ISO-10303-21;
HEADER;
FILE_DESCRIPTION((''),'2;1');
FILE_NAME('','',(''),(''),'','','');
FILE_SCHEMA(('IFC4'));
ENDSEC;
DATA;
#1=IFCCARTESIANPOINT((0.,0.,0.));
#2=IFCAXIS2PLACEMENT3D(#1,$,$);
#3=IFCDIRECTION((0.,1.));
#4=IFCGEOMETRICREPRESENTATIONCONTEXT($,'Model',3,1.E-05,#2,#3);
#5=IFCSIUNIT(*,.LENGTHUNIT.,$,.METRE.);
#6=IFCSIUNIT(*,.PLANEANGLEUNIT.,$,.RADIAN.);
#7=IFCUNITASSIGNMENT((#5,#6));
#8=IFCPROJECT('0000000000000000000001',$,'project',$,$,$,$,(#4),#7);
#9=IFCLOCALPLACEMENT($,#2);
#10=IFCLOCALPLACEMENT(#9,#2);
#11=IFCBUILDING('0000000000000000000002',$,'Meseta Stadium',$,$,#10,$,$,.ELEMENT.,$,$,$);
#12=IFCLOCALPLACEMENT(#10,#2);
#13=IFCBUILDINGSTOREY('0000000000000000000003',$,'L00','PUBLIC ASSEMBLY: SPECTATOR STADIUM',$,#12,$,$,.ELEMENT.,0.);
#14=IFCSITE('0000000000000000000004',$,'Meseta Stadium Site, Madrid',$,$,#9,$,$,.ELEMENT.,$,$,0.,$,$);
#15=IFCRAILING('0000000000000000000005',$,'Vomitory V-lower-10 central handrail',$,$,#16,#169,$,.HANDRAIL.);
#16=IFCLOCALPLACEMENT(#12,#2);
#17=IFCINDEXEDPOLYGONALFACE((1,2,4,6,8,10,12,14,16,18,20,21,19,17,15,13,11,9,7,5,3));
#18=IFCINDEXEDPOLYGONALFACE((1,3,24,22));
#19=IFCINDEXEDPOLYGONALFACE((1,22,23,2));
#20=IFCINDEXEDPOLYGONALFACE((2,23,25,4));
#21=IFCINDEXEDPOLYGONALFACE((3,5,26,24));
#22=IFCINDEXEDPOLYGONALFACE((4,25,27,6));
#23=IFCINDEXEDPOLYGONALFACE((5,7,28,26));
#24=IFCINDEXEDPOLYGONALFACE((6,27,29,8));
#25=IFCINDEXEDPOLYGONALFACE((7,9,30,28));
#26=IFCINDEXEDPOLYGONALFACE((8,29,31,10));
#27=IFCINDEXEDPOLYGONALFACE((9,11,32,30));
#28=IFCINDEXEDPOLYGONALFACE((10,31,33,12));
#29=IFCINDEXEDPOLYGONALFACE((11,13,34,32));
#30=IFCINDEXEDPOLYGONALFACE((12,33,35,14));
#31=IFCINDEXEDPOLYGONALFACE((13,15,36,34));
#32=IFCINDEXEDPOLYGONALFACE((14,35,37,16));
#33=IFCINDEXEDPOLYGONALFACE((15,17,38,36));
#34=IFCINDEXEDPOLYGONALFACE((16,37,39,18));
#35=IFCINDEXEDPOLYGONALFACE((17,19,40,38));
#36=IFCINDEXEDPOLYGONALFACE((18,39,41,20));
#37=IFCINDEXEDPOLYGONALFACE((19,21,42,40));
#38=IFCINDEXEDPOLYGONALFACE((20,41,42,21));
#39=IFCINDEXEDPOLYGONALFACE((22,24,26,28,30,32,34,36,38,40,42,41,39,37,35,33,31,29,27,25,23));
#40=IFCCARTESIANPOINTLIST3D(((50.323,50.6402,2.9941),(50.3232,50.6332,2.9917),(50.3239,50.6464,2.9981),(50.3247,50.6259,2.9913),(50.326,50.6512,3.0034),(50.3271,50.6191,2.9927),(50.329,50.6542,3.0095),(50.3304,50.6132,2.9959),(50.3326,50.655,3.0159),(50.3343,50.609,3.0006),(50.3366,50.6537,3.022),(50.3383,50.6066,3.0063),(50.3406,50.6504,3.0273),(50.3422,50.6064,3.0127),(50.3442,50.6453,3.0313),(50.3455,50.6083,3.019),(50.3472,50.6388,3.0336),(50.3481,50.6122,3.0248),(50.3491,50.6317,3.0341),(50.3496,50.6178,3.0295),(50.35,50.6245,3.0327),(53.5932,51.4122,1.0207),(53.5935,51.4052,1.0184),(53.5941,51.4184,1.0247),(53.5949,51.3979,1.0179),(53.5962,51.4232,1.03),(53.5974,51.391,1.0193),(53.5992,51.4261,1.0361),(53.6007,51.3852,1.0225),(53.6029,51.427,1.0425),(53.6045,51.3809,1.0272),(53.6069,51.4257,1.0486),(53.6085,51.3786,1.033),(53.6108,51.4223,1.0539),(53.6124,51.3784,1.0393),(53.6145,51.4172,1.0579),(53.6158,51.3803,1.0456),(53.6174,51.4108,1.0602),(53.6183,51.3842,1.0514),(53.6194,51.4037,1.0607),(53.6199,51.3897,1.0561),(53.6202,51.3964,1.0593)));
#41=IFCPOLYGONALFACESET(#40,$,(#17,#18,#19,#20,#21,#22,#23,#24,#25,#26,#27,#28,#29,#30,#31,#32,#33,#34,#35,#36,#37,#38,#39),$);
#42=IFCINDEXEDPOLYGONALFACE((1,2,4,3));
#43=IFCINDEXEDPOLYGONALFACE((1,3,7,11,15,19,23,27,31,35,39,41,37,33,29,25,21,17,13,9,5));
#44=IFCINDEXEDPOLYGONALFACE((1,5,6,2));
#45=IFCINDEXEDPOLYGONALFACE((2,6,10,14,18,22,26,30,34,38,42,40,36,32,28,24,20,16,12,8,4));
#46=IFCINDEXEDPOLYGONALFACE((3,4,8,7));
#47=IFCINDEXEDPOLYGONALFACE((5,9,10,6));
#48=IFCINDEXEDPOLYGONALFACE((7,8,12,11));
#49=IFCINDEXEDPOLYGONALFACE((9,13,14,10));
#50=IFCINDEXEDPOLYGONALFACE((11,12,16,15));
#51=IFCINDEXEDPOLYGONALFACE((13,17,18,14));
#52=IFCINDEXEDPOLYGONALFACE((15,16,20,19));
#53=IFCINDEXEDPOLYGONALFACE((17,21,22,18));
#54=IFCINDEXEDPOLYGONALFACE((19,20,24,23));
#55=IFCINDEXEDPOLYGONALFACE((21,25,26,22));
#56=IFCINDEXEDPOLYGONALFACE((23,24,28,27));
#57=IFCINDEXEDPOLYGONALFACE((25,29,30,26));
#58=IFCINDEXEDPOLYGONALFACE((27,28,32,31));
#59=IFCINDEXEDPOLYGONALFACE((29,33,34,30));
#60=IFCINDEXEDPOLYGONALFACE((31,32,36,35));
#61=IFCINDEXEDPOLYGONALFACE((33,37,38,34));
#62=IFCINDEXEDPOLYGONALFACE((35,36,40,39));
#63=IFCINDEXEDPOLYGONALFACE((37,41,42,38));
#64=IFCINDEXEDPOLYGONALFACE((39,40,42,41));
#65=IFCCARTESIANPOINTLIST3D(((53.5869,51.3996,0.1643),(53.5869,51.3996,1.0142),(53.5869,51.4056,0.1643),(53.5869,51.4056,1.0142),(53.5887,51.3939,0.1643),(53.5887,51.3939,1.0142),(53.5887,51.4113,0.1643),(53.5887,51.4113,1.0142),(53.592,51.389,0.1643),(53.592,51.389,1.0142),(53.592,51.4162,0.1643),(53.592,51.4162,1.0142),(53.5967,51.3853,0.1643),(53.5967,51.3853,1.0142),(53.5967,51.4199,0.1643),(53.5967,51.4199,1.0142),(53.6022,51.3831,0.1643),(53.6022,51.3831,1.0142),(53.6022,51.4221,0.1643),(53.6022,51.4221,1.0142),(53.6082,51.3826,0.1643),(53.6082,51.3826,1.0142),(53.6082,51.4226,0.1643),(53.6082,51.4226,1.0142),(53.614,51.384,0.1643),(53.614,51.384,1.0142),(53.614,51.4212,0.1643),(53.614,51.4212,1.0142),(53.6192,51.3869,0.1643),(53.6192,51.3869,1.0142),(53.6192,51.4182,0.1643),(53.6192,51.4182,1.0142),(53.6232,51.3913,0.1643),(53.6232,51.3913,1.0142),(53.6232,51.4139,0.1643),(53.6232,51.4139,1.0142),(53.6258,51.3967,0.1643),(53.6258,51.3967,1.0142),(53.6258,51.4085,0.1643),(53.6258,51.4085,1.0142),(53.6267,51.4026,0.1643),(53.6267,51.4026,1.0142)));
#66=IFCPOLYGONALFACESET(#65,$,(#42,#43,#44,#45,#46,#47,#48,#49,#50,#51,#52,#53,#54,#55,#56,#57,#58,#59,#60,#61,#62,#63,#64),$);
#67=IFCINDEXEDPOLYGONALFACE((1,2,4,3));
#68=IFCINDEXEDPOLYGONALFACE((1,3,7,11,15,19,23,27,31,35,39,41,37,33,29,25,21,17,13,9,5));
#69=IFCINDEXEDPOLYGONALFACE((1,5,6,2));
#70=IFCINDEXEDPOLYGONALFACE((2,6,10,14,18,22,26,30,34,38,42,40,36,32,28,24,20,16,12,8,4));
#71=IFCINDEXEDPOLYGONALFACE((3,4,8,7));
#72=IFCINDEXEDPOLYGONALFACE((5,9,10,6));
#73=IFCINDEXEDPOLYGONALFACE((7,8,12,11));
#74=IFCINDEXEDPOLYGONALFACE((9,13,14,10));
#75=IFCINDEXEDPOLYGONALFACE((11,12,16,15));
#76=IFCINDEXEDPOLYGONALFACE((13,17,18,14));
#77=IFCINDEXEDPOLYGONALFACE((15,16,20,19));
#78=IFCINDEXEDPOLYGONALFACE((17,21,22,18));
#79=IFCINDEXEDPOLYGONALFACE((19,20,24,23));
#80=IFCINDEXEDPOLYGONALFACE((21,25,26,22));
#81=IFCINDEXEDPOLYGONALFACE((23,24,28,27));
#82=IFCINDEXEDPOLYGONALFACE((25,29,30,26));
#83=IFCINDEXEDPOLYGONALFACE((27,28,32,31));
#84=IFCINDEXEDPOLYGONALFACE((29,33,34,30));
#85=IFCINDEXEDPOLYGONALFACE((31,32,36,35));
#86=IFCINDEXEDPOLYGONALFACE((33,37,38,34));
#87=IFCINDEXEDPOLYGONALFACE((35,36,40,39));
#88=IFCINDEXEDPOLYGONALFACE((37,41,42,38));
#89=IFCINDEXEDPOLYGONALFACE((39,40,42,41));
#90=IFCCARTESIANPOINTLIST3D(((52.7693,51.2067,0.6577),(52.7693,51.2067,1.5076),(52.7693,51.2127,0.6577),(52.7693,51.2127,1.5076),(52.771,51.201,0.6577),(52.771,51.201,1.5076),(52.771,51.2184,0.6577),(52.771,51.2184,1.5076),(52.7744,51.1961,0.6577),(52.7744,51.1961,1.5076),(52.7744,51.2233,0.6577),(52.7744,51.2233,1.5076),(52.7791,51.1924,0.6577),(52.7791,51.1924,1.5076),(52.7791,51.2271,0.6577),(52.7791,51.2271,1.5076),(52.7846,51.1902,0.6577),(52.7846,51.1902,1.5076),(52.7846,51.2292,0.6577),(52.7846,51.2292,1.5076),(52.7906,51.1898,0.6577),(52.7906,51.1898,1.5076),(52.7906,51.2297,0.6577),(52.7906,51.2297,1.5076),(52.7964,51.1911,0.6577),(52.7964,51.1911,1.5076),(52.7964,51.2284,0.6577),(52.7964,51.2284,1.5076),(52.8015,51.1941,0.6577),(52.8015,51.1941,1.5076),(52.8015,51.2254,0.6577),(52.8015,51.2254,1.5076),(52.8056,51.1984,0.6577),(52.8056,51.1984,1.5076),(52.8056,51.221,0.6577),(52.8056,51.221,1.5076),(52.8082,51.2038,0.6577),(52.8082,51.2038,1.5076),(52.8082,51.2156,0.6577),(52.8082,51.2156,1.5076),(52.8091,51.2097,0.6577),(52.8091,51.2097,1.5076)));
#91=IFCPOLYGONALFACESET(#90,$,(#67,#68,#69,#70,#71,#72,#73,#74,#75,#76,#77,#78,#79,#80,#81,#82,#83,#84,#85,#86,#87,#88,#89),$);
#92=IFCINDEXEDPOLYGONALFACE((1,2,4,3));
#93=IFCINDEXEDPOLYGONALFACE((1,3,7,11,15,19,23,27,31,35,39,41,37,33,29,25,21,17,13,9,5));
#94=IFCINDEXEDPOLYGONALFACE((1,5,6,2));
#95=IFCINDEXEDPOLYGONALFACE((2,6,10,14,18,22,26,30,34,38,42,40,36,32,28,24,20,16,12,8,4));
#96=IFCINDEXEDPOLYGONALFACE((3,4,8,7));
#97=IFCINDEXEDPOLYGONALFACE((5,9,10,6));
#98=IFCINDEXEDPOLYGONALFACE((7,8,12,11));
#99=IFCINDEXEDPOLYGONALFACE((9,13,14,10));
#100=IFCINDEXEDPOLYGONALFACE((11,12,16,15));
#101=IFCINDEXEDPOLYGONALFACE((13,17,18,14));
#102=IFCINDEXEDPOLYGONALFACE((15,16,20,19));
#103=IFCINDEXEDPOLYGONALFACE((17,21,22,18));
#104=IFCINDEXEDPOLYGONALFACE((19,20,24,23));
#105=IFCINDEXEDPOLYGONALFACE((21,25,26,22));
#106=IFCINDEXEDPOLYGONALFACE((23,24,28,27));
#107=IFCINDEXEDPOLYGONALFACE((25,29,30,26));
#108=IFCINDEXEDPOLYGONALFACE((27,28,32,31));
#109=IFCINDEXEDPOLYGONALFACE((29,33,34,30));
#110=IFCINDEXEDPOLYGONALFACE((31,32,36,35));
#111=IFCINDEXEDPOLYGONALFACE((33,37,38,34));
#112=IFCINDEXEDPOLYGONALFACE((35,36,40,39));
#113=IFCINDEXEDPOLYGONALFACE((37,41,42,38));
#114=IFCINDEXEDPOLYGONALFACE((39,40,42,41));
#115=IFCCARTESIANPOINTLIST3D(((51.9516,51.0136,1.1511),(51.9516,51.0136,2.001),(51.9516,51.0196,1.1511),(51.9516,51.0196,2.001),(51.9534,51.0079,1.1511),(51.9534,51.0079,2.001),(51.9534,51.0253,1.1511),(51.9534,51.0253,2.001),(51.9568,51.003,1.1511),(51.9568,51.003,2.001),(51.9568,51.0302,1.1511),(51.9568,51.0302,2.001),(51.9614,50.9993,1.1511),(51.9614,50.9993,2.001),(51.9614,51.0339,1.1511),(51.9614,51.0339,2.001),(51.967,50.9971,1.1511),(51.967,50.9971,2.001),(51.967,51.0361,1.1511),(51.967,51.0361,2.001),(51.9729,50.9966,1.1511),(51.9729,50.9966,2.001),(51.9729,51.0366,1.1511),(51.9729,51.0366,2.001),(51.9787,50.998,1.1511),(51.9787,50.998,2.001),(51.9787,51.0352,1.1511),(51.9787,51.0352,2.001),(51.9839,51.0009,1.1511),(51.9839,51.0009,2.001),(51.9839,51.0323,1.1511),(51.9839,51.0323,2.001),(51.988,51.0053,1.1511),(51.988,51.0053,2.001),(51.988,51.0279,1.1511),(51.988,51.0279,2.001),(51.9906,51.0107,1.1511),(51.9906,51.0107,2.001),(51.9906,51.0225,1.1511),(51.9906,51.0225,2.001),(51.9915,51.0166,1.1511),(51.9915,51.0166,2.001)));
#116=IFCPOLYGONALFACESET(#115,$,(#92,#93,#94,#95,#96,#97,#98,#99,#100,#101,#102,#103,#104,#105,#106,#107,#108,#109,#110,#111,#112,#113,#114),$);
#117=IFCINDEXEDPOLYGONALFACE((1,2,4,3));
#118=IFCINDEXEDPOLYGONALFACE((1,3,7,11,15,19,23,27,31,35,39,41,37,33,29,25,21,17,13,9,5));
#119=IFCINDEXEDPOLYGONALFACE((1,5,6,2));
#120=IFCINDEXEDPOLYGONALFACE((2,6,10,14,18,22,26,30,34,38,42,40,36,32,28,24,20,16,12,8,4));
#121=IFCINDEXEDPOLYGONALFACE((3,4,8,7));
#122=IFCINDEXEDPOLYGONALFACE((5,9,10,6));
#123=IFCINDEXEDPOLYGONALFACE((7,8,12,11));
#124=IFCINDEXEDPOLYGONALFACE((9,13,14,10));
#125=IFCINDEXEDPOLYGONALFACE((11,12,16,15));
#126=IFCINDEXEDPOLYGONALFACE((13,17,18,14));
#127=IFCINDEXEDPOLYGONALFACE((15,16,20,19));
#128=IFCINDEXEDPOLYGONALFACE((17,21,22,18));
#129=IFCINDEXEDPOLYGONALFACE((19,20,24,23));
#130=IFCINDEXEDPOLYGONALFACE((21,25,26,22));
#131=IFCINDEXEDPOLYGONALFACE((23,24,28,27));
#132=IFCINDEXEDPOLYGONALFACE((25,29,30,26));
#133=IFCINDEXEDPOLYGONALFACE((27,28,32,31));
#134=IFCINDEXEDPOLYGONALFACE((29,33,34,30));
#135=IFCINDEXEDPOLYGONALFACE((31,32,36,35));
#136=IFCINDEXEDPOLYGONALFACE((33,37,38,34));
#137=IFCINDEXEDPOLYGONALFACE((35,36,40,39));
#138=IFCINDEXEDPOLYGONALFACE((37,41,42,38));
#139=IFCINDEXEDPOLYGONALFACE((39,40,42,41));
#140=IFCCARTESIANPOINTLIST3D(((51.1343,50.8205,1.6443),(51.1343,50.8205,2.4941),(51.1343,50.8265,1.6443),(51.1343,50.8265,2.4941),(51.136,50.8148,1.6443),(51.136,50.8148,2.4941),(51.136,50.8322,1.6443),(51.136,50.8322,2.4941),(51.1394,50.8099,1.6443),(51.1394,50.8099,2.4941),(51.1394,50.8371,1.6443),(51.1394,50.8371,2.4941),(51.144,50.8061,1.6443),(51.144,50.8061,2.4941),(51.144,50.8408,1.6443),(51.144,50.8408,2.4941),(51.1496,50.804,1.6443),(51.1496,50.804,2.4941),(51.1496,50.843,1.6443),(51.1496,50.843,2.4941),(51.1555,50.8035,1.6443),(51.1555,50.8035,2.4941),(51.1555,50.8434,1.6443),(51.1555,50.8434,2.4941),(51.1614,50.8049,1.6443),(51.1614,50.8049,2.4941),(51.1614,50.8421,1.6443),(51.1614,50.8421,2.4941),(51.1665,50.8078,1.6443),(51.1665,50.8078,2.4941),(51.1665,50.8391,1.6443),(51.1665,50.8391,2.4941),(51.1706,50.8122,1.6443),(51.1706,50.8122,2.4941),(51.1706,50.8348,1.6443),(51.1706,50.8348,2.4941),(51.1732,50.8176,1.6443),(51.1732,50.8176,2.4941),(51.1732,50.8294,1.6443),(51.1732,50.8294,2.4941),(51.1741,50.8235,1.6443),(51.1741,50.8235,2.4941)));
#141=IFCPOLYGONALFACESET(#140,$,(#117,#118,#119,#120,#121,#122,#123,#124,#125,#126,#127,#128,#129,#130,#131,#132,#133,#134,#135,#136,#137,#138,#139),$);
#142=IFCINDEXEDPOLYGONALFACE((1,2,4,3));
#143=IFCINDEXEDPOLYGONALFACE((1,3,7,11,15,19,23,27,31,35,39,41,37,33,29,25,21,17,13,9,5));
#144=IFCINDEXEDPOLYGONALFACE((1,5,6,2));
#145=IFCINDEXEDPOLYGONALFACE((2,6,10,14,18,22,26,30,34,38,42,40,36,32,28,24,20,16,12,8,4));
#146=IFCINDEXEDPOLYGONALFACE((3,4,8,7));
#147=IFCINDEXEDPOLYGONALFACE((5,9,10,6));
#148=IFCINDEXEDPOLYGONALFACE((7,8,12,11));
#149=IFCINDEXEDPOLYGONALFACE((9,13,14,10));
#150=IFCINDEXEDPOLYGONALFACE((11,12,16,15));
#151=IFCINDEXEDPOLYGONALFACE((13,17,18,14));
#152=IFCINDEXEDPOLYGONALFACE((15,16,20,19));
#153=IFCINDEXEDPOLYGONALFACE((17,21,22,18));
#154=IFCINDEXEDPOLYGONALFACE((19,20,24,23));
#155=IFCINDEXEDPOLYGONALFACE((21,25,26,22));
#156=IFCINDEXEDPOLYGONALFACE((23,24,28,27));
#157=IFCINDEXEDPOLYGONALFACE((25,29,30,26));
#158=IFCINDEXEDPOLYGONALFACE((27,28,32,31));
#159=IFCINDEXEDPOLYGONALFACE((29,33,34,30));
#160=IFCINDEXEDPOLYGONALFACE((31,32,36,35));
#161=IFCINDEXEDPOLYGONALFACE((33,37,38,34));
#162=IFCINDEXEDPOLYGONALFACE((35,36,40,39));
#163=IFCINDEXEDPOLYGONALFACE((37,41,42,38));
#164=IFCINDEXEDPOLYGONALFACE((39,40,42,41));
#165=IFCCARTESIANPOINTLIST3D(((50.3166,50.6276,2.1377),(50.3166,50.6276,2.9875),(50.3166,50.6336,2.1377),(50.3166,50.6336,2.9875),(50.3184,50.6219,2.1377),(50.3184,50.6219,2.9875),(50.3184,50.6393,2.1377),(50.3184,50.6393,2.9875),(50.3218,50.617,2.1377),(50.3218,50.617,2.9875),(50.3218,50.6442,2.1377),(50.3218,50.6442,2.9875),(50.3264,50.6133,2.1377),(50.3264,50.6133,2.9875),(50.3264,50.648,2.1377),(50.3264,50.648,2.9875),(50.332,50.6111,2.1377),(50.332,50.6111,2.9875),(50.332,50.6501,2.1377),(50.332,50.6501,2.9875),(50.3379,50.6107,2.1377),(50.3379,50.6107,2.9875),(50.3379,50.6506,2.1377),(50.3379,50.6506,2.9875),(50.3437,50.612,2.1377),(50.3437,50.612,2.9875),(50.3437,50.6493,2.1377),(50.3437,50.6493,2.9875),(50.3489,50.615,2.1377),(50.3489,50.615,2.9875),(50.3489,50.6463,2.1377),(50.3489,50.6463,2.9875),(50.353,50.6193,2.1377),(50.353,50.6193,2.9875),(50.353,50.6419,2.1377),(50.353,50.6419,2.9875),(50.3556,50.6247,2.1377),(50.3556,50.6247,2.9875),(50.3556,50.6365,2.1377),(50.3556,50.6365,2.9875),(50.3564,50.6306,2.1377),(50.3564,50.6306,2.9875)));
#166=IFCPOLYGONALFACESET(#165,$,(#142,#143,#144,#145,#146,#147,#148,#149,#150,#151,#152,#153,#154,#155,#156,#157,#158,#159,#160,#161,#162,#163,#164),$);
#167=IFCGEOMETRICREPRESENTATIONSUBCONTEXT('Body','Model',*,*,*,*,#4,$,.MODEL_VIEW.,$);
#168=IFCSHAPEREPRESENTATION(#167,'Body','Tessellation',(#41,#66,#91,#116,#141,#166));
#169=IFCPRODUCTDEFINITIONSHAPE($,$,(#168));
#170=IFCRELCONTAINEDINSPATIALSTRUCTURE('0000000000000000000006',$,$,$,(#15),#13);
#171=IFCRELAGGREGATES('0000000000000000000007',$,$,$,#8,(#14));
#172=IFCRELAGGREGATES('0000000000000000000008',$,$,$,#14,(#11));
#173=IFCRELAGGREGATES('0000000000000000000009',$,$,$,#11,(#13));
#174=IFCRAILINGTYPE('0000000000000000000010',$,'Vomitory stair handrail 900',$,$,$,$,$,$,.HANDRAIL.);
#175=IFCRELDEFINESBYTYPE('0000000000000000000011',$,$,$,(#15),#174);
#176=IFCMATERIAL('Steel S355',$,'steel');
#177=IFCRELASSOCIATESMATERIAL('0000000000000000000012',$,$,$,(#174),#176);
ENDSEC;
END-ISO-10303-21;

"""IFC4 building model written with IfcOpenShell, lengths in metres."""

from ifc_helpers import new_model, si_unit, direction, frame, origin, origin_2d, place, context, subcontext, project, spatial, circle, extrude, material, type_object, element, save


model = new_model("IFC4")

# Units and contexts
model_context = context("Model", 3, precision=1e-05, world=origin(), true_north=direction((0.0, 1.0)))
body_context = subcontext(model_context, "Body", "Model", "MODEL_VIEW")
ifc_project = project(units=[si_unit("LENGTHUNIT", "METRE"), si_unit("PLANEANGLEUNIT", "RADIAN")], contexts=[model_context])

# Site, building, storey
site_placement = place(None, origin())
site = spatial("IfcSite", under=ifc_project, at=site_placement, Name="Meseta Stadium Site, Madrid", CompositionType="ELEMENT", RefElevation=0.0)
building_placement = place(site_placement, origin())
building = spatial("IfcBuilding", under=site, at=building_placement, Name="Meseta Stadium", CompositionType="ELEMENT")
storey_placement = place(building_placement, origin())
storey = spatial("IfcBuildingStorey", under=building, at=storey_placement, Name="L00", Description="PUBLIC ASSEMBLY: SPECTATOR STADIUM", CompositionType="ELEMENT", Elevation=0.0)

# Railing
ifc_material_1 = material(Name="Steel S355", Category="steel")
railing_type_1 = type_object("IfcRailingType", Name="Vomitory stair handrail 900", PredefinedType="HANDRAIL", material=ifc_material_1)
railing_1_placement = place(storey_placement, frame((53.6067, 51.4026, 0.1643)))
element("IfcRailing", 1, at=railing_1_placement, inside=storey, type_object=railing_type_1, Name="Vomitory V-lower-10 central handrail", PredefinedType="HANDRAIL", context=body_context, shape_type="SweptSolid", body=[
    extrude(circle(Radius=0.0249, at=origin_2d()), frame((0.0, 0.0, 0.875), z_axis=(-0.839224, -0.198106, 0.506416), x_axis=(0.229744, -0.973251, 0.0)), (0.0, 0.0, 1.0), 3.8967),
    extrude(circle(Radius=0.02, at=origin_2d()), origin(), (0.0, 0.0, 1.0), 0.8499),
    extrude(circle(Radius=0.02, at=origin_2d()), frame((-0.8176, -0.1929, 0.4934)), (0.0, 0.0, 1.0), 0.8499),
    extrude(circle(Radius=0.02, at=origin_2d()), frame((-1.6353, -0.386, 0.9868)), (0.0, 0.0, 1.0), 0.8499),
    extrude(circle(Radius=0.02, at=origin_2d()), frame((-2.4526, -0.5791, 1.48)), (0.0, 0.0, 1.0), 0.8499),
    extrude(circle(Radius=0.02, at=origin_2d()), frame((-3.2703, -0.772, 1.9734)), (0.0, 0.0, 1.0), 0.8499),
])

save(model, "model.ifc")
